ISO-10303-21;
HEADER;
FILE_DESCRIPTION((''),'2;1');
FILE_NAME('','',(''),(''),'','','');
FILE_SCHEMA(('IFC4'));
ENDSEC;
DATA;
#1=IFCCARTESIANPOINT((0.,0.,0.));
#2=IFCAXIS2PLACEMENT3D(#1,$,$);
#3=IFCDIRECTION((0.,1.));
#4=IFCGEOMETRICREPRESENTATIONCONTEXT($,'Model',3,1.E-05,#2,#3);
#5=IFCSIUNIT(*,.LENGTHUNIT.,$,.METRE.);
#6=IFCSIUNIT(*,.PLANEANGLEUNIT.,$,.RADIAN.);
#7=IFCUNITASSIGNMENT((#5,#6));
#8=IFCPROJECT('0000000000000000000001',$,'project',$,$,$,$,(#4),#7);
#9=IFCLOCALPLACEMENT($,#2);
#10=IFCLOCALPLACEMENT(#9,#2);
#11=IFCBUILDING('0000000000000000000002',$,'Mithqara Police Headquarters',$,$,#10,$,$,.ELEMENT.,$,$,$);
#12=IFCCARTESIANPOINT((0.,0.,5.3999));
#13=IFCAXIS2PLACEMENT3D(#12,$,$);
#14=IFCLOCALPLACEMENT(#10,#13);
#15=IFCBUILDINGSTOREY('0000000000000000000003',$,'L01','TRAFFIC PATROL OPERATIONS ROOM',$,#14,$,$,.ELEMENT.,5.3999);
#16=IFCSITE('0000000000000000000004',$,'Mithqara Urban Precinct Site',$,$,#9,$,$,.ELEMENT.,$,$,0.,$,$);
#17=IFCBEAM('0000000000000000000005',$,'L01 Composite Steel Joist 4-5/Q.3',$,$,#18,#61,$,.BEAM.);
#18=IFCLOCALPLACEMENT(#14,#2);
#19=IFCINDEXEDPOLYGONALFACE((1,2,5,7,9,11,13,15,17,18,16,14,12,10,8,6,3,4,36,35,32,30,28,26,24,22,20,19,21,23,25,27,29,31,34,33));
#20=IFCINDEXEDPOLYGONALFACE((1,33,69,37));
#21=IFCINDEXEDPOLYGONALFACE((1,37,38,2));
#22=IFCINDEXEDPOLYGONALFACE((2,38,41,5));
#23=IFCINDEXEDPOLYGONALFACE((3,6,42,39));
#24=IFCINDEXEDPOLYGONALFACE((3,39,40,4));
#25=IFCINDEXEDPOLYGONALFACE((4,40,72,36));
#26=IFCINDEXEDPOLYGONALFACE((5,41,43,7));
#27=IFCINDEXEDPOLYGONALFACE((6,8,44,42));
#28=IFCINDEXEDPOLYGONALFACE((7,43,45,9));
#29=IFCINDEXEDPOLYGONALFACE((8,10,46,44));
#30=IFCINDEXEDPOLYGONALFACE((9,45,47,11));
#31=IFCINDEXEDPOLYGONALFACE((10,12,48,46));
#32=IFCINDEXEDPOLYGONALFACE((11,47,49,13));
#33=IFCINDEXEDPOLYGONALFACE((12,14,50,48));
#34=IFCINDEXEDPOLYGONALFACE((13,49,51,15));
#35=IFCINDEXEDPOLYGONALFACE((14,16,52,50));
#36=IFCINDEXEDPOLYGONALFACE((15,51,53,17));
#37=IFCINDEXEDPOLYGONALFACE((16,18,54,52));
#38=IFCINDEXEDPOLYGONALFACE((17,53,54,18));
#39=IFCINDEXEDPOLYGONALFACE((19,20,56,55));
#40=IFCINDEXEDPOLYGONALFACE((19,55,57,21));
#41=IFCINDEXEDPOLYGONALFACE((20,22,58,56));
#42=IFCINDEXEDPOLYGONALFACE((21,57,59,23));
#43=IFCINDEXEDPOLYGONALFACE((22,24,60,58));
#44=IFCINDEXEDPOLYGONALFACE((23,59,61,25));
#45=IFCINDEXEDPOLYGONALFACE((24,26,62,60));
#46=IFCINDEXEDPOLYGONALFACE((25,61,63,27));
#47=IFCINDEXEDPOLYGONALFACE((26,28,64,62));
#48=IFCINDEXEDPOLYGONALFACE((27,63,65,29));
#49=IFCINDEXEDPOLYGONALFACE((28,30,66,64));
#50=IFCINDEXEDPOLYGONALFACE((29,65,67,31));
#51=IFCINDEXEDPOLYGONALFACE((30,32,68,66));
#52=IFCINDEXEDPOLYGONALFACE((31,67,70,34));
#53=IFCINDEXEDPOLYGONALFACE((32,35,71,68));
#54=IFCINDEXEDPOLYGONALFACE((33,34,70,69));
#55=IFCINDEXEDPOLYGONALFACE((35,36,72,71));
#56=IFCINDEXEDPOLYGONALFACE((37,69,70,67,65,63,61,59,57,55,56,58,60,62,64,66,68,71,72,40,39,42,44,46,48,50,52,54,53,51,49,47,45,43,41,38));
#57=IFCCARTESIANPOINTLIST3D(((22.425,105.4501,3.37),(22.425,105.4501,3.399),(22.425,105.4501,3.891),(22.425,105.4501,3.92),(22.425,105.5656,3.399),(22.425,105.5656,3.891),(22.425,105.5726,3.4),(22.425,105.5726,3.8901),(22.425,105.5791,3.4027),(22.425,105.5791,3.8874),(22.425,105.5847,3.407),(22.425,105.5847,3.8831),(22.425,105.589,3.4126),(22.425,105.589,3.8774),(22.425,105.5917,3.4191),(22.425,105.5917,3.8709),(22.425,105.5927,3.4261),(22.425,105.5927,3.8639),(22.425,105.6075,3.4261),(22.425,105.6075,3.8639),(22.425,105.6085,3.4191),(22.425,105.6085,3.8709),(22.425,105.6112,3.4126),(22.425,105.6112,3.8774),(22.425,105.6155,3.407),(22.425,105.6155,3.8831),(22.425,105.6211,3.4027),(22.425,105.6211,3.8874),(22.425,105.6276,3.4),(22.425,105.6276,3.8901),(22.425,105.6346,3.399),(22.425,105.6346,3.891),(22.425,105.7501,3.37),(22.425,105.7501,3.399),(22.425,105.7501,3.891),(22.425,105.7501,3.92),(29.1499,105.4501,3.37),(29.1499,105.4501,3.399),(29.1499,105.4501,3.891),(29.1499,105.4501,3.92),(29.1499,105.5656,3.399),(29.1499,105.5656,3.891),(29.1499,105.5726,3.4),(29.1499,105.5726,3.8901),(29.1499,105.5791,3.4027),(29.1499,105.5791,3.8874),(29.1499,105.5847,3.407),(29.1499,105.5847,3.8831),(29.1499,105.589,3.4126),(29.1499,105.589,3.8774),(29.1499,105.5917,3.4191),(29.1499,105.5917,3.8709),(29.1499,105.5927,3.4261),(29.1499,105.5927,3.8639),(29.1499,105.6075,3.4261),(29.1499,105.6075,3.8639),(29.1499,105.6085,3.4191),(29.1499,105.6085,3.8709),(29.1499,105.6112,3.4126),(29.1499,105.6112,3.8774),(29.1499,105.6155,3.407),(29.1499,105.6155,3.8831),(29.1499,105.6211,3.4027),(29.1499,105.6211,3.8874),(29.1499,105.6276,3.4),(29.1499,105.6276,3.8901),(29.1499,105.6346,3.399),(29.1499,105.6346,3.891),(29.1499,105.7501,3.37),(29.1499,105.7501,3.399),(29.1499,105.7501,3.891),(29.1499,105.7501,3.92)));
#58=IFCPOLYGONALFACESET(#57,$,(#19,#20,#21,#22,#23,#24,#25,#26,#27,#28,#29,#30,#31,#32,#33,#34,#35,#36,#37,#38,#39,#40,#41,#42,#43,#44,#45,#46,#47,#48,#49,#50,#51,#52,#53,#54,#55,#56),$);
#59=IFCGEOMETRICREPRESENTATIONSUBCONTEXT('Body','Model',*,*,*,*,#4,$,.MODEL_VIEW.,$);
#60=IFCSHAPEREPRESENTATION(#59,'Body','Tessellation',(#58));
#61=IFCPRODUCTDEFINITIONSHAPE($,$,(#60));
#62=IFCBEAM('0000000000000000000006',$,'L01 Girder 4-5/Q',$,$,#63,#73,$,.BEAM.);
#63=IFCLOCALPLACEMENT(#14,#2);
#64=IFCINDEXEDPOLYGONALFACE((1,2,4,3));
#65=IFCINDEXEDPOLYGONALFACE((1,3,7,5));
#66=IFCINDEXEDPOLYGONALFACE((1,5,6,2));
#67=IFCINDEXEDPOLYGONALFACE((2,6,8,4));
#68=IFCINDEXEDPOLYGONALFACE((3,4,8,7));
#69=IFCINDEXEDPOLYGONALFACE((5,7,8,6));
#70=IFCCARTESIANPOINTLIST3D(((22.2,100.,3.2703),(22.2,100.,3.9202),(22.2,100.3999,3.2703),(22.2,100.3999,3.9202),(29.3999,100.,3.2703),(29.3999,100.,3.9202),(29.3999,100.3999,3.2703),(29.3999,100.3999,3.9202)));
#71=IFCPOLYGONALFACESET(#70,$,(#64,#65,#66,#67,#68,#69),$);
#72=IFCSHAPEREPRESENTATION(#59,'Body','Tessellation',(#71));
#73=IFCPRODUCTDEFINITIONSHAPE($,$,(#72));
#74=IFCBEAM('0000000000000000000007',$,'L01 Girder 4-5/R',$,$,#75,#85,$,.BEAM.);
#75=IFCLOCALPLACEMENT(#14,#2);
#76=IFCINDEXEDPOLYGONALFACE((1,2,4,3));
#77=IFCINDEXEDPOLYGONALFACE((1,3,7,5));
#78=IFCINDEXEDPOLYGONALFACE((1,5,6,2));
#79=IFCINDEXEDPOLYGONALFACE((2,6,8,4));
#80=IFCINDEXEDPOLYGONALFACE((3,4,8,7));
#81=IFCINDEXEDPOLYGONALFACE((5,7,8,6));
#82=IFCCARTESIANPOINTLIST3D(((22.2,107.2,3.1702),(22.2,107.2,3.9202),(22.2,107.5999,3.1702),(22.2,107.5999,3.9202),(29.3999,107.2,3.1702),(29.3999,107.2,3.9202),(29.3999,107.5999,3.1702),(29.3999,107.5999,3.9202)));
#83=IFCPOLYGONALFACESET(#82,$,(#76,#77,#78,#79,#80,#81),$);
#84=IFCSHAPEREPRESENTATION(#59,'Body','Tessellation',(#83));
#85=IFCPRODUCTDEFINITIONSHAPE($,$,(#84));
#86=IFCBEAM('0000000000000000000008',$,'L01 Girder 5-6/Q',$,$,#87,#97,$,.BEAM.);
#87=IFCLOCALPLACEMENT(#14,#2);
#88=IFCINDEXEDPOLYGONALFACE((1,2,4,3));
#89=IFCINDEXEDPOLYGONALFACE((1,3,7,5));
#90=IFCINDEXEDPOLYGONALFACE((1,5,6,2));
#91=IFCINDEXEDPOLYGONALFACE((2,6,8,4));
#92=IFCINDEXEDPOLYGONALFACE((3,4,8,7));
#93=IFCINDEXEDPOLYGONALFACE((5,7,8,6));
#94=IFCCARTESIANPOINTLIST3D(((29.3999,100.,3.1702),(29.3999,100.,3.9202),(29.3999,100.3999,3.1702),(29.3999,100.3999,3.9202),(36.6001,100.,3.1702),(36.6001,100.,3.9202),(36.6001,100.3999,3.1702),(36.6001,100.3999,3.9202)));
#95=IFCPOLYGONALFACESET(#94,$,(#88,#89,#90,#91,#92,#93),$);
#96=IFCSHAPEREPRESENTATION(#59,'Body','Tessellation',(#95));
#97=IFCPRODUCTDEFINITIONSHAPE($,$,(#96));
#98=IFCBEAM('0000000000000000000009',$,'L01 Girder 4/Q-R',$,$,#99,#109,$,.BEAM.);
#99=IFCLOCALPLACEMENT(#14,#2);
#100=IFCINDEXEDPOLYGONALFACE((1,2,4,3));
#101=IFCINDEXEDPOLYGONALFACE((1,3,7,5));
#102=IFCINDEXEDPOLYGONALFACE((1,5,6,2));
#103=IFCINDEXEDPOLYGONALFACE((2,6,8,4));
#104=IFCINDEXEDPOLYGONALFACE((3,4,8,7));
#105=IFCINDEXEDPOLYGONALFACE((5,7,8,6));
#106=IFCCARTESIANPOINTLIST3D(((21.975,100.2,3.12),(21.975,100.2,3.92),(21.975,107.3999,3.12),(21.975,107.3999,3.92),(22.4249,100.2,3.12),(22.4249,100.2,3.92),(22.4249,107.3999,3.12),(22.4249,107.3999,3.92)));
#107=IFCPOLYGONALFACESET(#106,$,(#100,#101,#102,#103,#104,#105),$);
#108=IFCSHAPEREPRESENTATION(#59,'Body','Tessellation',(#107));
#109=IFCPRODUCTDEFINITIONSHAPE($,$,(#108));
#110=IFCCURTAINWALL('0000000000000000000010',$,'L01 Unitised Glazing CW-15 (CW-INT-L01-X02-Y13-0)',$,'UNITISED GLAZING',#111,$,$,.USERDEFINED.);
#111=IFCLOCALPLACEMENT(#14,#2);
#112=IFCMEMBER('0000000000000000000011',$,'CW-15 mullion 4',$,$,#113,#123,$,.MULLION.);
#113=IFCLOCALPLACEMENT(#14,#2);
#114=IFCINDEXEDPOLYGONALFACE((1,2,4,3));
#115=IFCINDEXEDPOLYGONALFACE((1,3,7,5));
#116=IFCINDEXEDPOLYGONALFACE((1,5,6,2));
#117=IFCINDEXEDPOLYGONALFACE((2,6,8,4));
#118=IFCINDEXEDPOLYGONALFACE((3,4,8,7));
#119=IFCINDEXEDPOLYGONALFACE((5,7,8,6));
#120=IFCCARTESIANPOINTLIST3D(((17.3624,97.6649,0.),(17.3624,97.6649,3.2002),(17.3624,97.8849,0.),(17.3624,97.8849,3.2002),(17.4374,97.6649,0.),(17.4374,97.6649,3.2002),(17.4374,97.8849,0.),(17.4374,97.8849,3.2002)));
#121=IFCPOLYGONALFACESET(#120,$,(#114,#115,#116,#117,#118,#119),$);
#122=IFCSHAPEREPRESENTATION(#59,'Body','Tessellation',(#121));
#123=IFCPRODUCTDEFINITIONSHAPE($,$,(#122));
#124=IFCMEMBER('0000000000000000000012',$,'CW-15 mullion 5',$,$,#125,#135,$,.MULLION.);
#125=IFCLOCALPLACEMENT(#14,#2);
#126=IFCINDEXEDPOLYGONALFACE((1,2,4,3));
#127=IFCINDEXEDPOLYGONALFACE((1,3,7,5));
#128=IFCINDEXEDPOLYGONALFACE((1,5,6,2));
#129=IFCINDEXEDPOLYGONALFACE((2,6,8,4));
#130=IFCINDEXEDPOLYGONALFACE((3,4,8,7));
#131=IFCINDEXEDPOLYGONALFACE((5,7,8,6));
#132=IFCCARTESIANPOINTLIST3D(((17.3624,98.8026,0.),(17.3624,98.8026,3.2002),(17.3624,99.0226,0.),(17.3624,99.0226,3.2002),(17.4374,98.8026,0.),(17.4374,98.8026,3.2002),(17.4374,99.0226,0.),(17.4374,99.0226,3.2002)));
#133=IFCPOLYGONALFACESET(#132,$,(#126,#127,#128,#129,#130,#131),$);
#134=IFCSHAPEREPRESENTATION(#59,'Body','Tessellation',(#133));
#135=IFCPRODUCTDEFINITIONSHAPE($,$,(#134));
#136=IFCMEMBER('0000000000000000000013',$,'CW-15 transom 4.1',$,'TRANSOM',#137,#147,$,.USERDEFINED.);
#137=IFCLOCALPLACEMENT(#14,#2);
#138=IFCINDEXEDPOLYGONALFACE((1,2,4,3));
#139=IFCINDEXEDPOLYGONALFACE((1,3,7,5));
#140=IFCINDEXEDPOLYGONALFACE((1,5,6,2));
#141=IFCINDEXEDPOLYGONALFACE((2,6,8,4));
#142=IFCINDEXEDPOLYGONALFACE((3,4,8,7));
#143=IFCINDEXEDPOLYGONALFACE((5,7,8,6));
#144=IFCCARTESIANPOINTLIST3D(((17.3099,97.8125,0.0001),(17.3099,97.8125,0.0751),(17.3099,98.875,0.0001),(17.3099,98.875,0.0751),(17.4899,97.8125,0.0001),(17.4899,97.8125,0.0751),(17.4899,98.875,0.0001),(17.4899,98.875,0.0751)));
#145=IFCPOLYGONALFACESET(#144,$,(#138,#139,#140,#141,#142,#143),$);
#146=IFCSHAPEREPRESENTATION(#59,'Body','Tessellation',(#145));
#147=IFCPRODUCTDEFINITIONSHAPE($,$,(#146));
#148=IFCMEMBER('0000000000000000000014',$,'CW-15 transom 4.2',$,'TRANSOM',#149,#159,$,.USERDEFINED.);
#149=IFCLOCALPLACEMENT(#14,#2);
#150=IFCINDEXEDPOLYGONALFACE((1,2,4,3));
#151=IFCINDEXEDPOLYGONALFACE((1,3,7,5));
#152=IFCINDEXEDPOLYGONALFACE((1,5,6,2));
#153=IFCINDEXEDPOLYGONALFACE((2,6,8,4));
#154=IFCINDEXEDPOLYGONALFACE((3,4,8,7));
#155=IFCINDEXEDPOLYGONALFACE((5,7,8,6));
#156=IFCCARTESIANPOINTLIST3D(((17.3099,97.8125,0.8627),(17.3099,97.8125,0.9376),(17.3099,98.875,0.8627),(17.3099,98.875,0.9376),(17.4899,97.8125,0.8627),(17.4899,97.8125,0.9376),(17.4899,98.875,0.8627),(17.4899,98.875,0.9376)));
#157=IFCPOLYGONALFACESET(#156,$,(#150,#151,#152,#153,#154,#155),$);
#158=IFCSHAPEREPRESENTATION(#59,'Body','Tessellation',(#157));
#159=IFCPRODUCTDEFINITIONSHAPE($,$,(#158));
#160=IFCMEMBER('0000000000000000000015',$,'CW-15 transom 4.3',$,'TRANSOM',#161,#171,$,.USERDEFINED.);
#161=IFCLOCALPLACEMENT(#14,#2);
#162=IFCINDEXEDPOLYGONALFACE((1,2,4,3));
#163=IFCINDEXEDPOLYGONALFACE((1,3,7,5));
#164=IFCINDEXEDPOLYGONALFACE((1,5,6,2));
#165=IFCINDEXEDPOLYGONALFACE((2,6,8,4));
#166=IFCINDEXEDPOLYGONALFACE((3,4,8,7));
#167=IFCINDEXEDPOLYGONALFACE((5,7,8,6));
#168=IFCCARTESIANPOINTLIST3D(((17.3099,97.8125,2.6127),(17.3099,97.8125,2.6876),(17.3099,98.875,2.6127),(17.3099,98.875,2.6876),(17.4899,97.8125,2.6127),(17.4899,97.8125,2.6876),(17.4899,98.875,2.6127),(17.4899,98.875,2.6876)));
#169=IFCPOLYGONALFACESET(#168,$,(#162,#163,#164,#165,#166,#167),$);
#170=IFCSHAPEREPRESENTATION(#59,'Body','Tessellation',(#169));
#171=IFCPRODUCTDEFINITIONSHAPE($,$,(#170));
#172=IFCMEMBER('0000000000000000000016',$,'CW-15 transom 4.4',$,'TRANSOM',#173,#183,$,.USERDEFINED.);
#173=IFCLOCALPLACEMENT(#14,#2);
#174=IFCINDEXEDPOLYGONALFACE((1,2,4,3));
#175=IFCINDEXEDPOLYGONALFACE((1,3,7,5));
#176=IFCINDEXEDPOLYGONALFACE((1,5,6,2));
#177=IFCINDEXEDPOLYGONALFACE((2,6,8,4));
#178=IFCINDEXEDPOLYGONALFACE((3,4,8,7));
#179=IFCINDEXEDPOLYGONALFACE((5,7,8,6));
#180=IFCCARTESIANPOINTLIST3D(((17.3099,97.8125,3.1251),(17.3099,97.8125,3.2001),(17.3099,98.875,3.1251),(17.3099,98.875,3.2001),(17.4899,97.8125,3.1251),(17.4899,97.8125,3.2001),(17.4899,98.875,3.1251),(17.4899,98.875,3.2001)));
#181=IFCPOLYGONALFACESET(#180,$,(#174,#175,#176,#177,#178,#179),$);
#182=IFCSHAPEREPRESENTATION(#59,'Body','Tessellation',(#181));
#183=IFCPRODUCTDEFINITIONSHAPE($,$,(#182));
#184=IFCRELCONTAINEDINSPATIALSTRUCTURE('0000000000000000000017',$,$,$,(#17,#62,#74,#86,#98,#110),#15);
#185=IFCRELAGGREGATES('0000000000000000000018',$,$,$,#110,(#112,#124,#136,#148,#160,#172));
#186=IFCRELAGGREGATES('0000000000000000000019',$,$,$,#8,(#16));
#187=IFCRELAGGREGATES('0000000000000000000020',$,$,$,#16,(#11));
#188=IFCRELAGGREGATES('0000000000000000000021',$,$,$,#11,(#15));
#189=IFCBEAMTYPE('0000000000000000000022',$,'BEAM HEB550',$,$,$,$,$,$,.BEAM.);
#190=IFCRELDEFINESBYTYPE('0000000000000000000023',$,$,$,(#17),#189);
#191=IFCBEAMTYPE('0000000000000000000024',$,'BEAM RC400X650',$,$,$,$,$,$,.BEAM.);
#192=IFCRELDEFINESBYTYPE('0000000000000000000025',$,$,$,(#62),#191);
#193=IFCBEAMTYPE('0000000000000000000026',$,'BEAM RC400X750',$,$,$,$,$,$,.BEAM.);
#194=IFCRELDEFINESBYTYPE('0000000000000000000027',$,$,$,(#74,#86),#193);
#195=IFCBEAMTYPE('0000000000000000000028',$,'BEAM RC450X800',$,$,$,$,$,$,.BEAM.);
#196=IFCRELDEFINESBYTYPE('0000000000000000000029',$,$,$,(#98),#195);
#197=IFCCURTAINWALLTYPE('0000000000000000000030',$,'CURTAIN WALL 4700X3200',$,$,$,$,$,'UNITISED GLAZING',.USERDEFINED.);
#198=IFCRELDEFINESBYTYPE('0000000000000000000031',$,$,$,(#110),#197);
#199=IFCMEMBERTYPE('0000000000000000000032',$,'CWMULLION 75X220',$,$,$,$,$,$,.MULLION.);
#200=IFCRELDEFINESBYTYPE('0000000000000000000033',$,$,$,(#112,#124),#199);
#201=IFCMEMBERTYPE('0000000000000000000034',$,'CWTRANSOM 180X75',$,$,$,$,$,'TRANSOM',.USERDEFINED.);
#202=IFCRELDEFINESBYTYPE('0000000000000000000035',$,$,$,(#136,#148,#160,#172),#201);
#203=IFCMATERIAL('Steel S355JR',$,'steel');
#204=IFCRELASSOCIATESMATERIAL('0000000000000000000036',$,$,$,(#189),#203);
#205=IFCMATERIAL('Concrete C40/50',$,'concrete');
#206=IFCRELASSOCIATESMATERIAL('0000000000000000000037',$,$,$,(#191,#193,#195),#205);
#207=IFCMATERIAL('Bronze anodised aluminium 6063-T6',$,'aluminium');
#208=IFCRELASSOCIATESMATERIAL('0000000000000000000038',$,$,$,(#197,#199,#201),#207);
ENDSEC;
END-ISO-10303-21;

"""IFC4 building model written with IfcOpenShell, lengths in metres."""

from ifc_helpers import new_model, si_unit, direction, frame, origin, origin_2d, place, context, subcontext, project, spatial, rectangle, i_section, extrude, material, material_profile, profile_set, type_object, element, aggregate, save


model = new_model("IFC4")

# Units and contexts
model_context = context("Model", 3, precision=1e-05, world=origin(), true_north=direction((0.0, 1.0)))
body_context = subcontext(model_context, "Body", "Model", "MODEL_VIEW")
ifc_project = project(units=[si_unit("LENGTHUNIT", "METRE"), si_unit("PLANEANGLEUNIT", "RADIAN")], contexts=[model_context])

# Site, building, storey
site_placement = place(None, origin())
site = spatial("IfcSite", under=ifc_project, at=site_placement, Name="Mithqara Urban Precinct Site", CompositionType="ELEMENT", RefElevation=0.0)
building_placement = place(site_placement, origin())
building = spatial("IfcBuilding", under=site, at=building_placement, Name="Mithqara Police Headquarters", CompositionType="ELEMENT")
storey_placement = place(building_placement, frame((0.0, 0.0, 5.3999)))
storey = spatial("IfcBuildingStorey", under=building, at=storey_placement, Name="L01", Description="TRAFFIC PATROL OPERATIONS ROOM", CompositionType="ELEMENT", Elevation=5.3999)

# Beams
ifc_material_1 = material(Name="Steel S355JR", Category="steel")
ifc_material_profile_1 = material_profile(ifc_material_1, i_section(OverallWidth=0.3, OverallDepth=0.55, WebThickness=0.0149, FlangeThickness=0.0291, FilletRadius=0.0271, at=origin_2d()), Name="HEB 550")
ifc_profile_set_1 = profile_set([ifc_material_profile_1], Name="Steel S355JR")
beam_type_1 = type_object("IfcBeamType", Name="BEAM HEB550", PredefinedType="BEAM", material=ifc_profile_set_1)
for number, where, z_axis, x_axis, name in (
    (1, (22.425, 105.6001, 3.645), (1.0, 0.0, 0.0), (0.0, 1.0, 0.0), "L01 Composite Steel Joist 4-5/Q.3"),
):
    element("IfcBeam", number, at=place(storey_placement, frame(where, z_axis=z_axis, x_axis=x_axis)), inside=storey, type_object=beam_type_1, Name=name, PredefinedType="BEAM", context=body_context, shape_type="SweptSolid", body=[
        extrude(i_section(OverallWidth=0.3, OverallDepth=0.55, WebThickness=0.0149, FlangeThickness=0.0291, FilletRadius=0.0271, at=origin_2d()), origin(), (0.0, 0.0, 1.0), 6.7249),
    ])
ifc_material_2 = material(Name="Concrete C40/50", Category="concrete")
ifc_material_profile_2 = material_profile(ifc_material_2, rectangle(XDim=0.3999, YDim=0.6499, at=origin_2d()), Name="RC 400x650")
ifc_profile_set_2 = profile_set([ifc_material_profile_2], Name="Concrete C40/50")
beam_type_2 = type_object("IfcBeamType", Name="BEAM RC400X650", PredefinedType="BEAM", material=ifc_profile_set_2)
beam_1_placement = place(storey_placement, frame((22.2, 100.2, 3.5952), z_axis=(1.0, 0.0, 0.0), x_axis=(0.0, 1.0, 0.0)))
element("IfcBeam", 2, at=beam_1_placement, inside=storey, type_object=beam_type_2, Name="L01 Girder 4-5/Q", PredefinedType="BEAM", context=body_context, shape_type="SweptSolid", body=[
    extrude(rectangle(XDim=0.3999, YDim=0.6499, at=origin_2d()), origin(), (0.0, 0.0, 1.0), 7.2),
])
ifc_material_profile_3 = material_profile(ifc_material_2, rectangle(XDim=0.3999, YDim=0.75, at=origin_2d()), Name="RC 400x750")
ifc_profile_set_3 = profile_set([ifc_material_profile_3], Name="Concrete C40/50")
beam_type_3 = type_object("IfcBeamType", Name="BEAM RC400X750", PredefinedType="BEAM", material=ifc_profile_set_3)
beam_2_placement = place(storey_placement, frame((22.2, 107.3999, 3.5452), z_axis=(1.0, 0.0, 0.0), x_axis=(0.0, 1.0, 0.0)))
element("IfcBeam", 3, at=beam_2_placement, inside=storey, type_object=beam_type_3, Name="L01 Girder 4-5/R", PredefinedType="BEAM", context=body_context, shape_type="SweptSolid", body=[
    extrude(rectangle(XDim=0.3999, YDim=0.75, at=origin_2d()), origin(), (0.0, 0.0, 1.0), 7.2),
])
beam_3_placement = place(storey_placement, frame((29.3999, 100.2, 3.5452), z_axis=(1.0, 0.0, 0.0), x_axis=(0.0, 1.0, 0.0)))
element("IfcBeam", 4, at=beam_3_placement, inside=storey, type_object=beam_type_3, Name="L01 Girder 5-6/Q", PredefinedType="BEAM", context=body_context, shape_type="SweptSolid", body=[
    extrude(rectangle(XDim=0.3999, YDim=0.75, at=origin_2d()), origin(), (0.0, 0.0, 1.0), 7.2002),
])
ifc_material_profile_4 = material_profile(ifc_material_2, rectangle(XDim=0.45, YDim=0.8, at=origin_2d()), Name="RC 450x800")
ifc_profile_set_4 = profile_set([ifc_material_profile_4], Name="Concrete C40/50")
beam_type_4 = type_object("IfcBeamType", Name="BEAM RC450X800", PredefinedType="BEAM", material=ifc_profile_set_4)
beam_4_placement = place(storey_placement, frame((22.2, 100.2, 3.52), z_axis=(0.0, 1.0, 0.0), x_axis=(-1.0, 0.0, 0.0)))
element("IfcBeam", 5, at=beam_4_placement, inside=storey, type_object=beam_type_4, Name="L01 Girder 4/Q-R", PredefinedType="BEAM", context=body_context, shape_type="SweptSolid", body=[
    extrude(rectangle(XDim=0.45, YDim=0.8, at=origin_2d()), origin(), (0.0, 0.0, 1.0), 7.2),
])

# Curtain wall, members
ifc_material_3 = material(Name="Bronze anodised aluminium 6063-T6", Category="aluminium")
curtain_wall_type = type_object("IfcCurtainWallType", Name="CURTAIN WALL 4700X3200", ElementType="UNITISED GLAZING", PredefinedType="USERDEFINED", material=ifc_material_3)
curtain_wall_placement = place(storey_placement, origin())
curtain_wall = element("IfcCurtainWall", 6, at=curtain_wall_placement, inside=storey, type_object=curtain_wall_type, Name="L01 Unitised Glazing CW-15 (CW-INT-L01-X02-Y13-0)", ObjectType="UNITISED GLAZING", PredefinedType="USERDEFINED")
ifc_material_profile_5 = material_profile(ifc_material_3, rectangle(XDim=0.075, YDim=0.22, at=origin_2d()), Name="CWM 75x220")
ifc_profile_set_5 = profile_set([ifc_material_profile_5], Name="Bronze anodised aluminium 6063-T6")
member_type_1 = type_object("IfcMemberType", Name="CWMULLION 75X220", PredefinedType="MULLION", material=ifc_profile_set_5)
member_1_placement = place(storey_placement, frame((17.3999, 97.7749, 0.0), z_axis=(0.0, 0.0, 1.0), x_axis=(-1.0, 0.0, 0.0)))
member_1 = element("IfcMember", 7, at=member_1_placement, type_object=member_type_1, Name="CW-15 mullion 4", PredefinedType="MULLION", context=body_context, shape_type="SweptSolid", body=[
    extrude(rectangle(XDim=0.075, YDim=0.22, at=origin_2d()), origin(), (0.0, 0.0, 1.0), 3.2002),
])
member_2_placement = place(storey_placement, frame((17.3999, 98.9126, 0.0), z_axis=(0.0, 0.0, 1.0), x_axis=(-1.0, 0.0, 0.0)))
member_2 = element("IfcMember", 8, at=member_2_placement, type_object=member_type_1, Name="CW-15 mullion 5", PredefinedType="MULLION", context=body_context, shape_type="SweptSolid", body=[
    extrude(rectangle(XDim=0.075, YDim=0.22, at=origin_2d()), origin(), (0.0, 0.0, 1.0), 3.2002),
])
ifc_material_profile_6 = material_profile(ifc_material_3, rectangle(XDim=0.1799, YDim=0.075, at=origin_2d()), Name="CWT 180x75")
ifc_profile_set_6 = profile_set([ifc_material_profile_6], Name="Bronze anodised aluminium 6063-T6")
member_type_2 = type_object("IfcMemberType", Name="CWTRANSOM 180X75", ElementType="TRANSOM", PredefinedType="USERDEFINED", material=ifc_profile_set_6)
member_3_placement = place(storey_placement, frame((17.3999, 97.8125, 0.0376), z_axis=(0.0, 1.0, 0.0), x_axis=(-1.0, 0.0, 0.0)))
member_3 = element("IfcMember", 9, at=member_3_placement, type_object=member_type_2, Name="CW-15 transom 4.1", ObjectType="TRANSOM", PredefinedType="USERDEFINED", context=body_context, shape_type="SweptSolid", body=[
    extrude(rectangle(XDim=0.1799, YDim=0.075, at=origin_2d()), origin(), (0.0, 0.0, 1.0), 1.0625),
])
member_4_placement = place(storey_placement, frame((17.3999, 97.8125, 0.9001), z_axis=(0.0, 1.0, 0.0), x_axis=(-1.0, 0.0, 0.0)))
member_4 = element("IfcMember", 10, at=member_4_placement, type_object=member_type_2, Name="CW-15 transom 4.2", ObjectType="TRANSOM", PredefinedType="USERDEFINED", context=body_context, shape_type="SweptSolid", body=[
    extrude(rectangle(XDim=0.1799, YDim=0.075, at=origin_2d()), origin(), (0.0, 0.0, 1.0), 1.0625),
])
member_5_placement = place(storey_placement, frame((17.3999, 97.8125, 2.6501), z_axis=(0.0, 1.0, 0.0), x_axis=(-1.0, 0.0, 0.0)))
member_5 = element("IfcMember", 11, at=member_5_placement, type_object=member_type_2, Name="CW-15 transom 4.3", ObjectType="TRANSOM", PredefinedType="USERDEFINED", context=body_context, shape_type="SweptSolid", body=[
    extrude(rectangle(XDim=0.1799, YDim=0.075, at=origin_2d()), origin(), (0.0, 0.0, 1.0), 1.0625),
])
member_6_placement = place(storey_placement, frame((17.3999, 97.8125, 3.1626), z_axis=(0.0, 1.0, 0.0), x_axis=(-1.0, 0.0, 0.0)))
member_6 = element("IfcMember", 12, at=member_6_placement, type_object=member_type_2, Name="CW-15 transom 4.4", ObjectType="TRANSOM", PredefinedType="USERDEFINED", context=body_context, shape_type="SweptSolid", body=[
    extrude(rectangle(XDim=0.1799, YDim=0.075, at=origin_2d()), origin(), (0.0, 0.0, 1.0), 1.0625),
])
aggregate(curtain_wall, [member_1, member_2, member_3, member_4, member_5, member_6])

save(model, "model.ifc")
